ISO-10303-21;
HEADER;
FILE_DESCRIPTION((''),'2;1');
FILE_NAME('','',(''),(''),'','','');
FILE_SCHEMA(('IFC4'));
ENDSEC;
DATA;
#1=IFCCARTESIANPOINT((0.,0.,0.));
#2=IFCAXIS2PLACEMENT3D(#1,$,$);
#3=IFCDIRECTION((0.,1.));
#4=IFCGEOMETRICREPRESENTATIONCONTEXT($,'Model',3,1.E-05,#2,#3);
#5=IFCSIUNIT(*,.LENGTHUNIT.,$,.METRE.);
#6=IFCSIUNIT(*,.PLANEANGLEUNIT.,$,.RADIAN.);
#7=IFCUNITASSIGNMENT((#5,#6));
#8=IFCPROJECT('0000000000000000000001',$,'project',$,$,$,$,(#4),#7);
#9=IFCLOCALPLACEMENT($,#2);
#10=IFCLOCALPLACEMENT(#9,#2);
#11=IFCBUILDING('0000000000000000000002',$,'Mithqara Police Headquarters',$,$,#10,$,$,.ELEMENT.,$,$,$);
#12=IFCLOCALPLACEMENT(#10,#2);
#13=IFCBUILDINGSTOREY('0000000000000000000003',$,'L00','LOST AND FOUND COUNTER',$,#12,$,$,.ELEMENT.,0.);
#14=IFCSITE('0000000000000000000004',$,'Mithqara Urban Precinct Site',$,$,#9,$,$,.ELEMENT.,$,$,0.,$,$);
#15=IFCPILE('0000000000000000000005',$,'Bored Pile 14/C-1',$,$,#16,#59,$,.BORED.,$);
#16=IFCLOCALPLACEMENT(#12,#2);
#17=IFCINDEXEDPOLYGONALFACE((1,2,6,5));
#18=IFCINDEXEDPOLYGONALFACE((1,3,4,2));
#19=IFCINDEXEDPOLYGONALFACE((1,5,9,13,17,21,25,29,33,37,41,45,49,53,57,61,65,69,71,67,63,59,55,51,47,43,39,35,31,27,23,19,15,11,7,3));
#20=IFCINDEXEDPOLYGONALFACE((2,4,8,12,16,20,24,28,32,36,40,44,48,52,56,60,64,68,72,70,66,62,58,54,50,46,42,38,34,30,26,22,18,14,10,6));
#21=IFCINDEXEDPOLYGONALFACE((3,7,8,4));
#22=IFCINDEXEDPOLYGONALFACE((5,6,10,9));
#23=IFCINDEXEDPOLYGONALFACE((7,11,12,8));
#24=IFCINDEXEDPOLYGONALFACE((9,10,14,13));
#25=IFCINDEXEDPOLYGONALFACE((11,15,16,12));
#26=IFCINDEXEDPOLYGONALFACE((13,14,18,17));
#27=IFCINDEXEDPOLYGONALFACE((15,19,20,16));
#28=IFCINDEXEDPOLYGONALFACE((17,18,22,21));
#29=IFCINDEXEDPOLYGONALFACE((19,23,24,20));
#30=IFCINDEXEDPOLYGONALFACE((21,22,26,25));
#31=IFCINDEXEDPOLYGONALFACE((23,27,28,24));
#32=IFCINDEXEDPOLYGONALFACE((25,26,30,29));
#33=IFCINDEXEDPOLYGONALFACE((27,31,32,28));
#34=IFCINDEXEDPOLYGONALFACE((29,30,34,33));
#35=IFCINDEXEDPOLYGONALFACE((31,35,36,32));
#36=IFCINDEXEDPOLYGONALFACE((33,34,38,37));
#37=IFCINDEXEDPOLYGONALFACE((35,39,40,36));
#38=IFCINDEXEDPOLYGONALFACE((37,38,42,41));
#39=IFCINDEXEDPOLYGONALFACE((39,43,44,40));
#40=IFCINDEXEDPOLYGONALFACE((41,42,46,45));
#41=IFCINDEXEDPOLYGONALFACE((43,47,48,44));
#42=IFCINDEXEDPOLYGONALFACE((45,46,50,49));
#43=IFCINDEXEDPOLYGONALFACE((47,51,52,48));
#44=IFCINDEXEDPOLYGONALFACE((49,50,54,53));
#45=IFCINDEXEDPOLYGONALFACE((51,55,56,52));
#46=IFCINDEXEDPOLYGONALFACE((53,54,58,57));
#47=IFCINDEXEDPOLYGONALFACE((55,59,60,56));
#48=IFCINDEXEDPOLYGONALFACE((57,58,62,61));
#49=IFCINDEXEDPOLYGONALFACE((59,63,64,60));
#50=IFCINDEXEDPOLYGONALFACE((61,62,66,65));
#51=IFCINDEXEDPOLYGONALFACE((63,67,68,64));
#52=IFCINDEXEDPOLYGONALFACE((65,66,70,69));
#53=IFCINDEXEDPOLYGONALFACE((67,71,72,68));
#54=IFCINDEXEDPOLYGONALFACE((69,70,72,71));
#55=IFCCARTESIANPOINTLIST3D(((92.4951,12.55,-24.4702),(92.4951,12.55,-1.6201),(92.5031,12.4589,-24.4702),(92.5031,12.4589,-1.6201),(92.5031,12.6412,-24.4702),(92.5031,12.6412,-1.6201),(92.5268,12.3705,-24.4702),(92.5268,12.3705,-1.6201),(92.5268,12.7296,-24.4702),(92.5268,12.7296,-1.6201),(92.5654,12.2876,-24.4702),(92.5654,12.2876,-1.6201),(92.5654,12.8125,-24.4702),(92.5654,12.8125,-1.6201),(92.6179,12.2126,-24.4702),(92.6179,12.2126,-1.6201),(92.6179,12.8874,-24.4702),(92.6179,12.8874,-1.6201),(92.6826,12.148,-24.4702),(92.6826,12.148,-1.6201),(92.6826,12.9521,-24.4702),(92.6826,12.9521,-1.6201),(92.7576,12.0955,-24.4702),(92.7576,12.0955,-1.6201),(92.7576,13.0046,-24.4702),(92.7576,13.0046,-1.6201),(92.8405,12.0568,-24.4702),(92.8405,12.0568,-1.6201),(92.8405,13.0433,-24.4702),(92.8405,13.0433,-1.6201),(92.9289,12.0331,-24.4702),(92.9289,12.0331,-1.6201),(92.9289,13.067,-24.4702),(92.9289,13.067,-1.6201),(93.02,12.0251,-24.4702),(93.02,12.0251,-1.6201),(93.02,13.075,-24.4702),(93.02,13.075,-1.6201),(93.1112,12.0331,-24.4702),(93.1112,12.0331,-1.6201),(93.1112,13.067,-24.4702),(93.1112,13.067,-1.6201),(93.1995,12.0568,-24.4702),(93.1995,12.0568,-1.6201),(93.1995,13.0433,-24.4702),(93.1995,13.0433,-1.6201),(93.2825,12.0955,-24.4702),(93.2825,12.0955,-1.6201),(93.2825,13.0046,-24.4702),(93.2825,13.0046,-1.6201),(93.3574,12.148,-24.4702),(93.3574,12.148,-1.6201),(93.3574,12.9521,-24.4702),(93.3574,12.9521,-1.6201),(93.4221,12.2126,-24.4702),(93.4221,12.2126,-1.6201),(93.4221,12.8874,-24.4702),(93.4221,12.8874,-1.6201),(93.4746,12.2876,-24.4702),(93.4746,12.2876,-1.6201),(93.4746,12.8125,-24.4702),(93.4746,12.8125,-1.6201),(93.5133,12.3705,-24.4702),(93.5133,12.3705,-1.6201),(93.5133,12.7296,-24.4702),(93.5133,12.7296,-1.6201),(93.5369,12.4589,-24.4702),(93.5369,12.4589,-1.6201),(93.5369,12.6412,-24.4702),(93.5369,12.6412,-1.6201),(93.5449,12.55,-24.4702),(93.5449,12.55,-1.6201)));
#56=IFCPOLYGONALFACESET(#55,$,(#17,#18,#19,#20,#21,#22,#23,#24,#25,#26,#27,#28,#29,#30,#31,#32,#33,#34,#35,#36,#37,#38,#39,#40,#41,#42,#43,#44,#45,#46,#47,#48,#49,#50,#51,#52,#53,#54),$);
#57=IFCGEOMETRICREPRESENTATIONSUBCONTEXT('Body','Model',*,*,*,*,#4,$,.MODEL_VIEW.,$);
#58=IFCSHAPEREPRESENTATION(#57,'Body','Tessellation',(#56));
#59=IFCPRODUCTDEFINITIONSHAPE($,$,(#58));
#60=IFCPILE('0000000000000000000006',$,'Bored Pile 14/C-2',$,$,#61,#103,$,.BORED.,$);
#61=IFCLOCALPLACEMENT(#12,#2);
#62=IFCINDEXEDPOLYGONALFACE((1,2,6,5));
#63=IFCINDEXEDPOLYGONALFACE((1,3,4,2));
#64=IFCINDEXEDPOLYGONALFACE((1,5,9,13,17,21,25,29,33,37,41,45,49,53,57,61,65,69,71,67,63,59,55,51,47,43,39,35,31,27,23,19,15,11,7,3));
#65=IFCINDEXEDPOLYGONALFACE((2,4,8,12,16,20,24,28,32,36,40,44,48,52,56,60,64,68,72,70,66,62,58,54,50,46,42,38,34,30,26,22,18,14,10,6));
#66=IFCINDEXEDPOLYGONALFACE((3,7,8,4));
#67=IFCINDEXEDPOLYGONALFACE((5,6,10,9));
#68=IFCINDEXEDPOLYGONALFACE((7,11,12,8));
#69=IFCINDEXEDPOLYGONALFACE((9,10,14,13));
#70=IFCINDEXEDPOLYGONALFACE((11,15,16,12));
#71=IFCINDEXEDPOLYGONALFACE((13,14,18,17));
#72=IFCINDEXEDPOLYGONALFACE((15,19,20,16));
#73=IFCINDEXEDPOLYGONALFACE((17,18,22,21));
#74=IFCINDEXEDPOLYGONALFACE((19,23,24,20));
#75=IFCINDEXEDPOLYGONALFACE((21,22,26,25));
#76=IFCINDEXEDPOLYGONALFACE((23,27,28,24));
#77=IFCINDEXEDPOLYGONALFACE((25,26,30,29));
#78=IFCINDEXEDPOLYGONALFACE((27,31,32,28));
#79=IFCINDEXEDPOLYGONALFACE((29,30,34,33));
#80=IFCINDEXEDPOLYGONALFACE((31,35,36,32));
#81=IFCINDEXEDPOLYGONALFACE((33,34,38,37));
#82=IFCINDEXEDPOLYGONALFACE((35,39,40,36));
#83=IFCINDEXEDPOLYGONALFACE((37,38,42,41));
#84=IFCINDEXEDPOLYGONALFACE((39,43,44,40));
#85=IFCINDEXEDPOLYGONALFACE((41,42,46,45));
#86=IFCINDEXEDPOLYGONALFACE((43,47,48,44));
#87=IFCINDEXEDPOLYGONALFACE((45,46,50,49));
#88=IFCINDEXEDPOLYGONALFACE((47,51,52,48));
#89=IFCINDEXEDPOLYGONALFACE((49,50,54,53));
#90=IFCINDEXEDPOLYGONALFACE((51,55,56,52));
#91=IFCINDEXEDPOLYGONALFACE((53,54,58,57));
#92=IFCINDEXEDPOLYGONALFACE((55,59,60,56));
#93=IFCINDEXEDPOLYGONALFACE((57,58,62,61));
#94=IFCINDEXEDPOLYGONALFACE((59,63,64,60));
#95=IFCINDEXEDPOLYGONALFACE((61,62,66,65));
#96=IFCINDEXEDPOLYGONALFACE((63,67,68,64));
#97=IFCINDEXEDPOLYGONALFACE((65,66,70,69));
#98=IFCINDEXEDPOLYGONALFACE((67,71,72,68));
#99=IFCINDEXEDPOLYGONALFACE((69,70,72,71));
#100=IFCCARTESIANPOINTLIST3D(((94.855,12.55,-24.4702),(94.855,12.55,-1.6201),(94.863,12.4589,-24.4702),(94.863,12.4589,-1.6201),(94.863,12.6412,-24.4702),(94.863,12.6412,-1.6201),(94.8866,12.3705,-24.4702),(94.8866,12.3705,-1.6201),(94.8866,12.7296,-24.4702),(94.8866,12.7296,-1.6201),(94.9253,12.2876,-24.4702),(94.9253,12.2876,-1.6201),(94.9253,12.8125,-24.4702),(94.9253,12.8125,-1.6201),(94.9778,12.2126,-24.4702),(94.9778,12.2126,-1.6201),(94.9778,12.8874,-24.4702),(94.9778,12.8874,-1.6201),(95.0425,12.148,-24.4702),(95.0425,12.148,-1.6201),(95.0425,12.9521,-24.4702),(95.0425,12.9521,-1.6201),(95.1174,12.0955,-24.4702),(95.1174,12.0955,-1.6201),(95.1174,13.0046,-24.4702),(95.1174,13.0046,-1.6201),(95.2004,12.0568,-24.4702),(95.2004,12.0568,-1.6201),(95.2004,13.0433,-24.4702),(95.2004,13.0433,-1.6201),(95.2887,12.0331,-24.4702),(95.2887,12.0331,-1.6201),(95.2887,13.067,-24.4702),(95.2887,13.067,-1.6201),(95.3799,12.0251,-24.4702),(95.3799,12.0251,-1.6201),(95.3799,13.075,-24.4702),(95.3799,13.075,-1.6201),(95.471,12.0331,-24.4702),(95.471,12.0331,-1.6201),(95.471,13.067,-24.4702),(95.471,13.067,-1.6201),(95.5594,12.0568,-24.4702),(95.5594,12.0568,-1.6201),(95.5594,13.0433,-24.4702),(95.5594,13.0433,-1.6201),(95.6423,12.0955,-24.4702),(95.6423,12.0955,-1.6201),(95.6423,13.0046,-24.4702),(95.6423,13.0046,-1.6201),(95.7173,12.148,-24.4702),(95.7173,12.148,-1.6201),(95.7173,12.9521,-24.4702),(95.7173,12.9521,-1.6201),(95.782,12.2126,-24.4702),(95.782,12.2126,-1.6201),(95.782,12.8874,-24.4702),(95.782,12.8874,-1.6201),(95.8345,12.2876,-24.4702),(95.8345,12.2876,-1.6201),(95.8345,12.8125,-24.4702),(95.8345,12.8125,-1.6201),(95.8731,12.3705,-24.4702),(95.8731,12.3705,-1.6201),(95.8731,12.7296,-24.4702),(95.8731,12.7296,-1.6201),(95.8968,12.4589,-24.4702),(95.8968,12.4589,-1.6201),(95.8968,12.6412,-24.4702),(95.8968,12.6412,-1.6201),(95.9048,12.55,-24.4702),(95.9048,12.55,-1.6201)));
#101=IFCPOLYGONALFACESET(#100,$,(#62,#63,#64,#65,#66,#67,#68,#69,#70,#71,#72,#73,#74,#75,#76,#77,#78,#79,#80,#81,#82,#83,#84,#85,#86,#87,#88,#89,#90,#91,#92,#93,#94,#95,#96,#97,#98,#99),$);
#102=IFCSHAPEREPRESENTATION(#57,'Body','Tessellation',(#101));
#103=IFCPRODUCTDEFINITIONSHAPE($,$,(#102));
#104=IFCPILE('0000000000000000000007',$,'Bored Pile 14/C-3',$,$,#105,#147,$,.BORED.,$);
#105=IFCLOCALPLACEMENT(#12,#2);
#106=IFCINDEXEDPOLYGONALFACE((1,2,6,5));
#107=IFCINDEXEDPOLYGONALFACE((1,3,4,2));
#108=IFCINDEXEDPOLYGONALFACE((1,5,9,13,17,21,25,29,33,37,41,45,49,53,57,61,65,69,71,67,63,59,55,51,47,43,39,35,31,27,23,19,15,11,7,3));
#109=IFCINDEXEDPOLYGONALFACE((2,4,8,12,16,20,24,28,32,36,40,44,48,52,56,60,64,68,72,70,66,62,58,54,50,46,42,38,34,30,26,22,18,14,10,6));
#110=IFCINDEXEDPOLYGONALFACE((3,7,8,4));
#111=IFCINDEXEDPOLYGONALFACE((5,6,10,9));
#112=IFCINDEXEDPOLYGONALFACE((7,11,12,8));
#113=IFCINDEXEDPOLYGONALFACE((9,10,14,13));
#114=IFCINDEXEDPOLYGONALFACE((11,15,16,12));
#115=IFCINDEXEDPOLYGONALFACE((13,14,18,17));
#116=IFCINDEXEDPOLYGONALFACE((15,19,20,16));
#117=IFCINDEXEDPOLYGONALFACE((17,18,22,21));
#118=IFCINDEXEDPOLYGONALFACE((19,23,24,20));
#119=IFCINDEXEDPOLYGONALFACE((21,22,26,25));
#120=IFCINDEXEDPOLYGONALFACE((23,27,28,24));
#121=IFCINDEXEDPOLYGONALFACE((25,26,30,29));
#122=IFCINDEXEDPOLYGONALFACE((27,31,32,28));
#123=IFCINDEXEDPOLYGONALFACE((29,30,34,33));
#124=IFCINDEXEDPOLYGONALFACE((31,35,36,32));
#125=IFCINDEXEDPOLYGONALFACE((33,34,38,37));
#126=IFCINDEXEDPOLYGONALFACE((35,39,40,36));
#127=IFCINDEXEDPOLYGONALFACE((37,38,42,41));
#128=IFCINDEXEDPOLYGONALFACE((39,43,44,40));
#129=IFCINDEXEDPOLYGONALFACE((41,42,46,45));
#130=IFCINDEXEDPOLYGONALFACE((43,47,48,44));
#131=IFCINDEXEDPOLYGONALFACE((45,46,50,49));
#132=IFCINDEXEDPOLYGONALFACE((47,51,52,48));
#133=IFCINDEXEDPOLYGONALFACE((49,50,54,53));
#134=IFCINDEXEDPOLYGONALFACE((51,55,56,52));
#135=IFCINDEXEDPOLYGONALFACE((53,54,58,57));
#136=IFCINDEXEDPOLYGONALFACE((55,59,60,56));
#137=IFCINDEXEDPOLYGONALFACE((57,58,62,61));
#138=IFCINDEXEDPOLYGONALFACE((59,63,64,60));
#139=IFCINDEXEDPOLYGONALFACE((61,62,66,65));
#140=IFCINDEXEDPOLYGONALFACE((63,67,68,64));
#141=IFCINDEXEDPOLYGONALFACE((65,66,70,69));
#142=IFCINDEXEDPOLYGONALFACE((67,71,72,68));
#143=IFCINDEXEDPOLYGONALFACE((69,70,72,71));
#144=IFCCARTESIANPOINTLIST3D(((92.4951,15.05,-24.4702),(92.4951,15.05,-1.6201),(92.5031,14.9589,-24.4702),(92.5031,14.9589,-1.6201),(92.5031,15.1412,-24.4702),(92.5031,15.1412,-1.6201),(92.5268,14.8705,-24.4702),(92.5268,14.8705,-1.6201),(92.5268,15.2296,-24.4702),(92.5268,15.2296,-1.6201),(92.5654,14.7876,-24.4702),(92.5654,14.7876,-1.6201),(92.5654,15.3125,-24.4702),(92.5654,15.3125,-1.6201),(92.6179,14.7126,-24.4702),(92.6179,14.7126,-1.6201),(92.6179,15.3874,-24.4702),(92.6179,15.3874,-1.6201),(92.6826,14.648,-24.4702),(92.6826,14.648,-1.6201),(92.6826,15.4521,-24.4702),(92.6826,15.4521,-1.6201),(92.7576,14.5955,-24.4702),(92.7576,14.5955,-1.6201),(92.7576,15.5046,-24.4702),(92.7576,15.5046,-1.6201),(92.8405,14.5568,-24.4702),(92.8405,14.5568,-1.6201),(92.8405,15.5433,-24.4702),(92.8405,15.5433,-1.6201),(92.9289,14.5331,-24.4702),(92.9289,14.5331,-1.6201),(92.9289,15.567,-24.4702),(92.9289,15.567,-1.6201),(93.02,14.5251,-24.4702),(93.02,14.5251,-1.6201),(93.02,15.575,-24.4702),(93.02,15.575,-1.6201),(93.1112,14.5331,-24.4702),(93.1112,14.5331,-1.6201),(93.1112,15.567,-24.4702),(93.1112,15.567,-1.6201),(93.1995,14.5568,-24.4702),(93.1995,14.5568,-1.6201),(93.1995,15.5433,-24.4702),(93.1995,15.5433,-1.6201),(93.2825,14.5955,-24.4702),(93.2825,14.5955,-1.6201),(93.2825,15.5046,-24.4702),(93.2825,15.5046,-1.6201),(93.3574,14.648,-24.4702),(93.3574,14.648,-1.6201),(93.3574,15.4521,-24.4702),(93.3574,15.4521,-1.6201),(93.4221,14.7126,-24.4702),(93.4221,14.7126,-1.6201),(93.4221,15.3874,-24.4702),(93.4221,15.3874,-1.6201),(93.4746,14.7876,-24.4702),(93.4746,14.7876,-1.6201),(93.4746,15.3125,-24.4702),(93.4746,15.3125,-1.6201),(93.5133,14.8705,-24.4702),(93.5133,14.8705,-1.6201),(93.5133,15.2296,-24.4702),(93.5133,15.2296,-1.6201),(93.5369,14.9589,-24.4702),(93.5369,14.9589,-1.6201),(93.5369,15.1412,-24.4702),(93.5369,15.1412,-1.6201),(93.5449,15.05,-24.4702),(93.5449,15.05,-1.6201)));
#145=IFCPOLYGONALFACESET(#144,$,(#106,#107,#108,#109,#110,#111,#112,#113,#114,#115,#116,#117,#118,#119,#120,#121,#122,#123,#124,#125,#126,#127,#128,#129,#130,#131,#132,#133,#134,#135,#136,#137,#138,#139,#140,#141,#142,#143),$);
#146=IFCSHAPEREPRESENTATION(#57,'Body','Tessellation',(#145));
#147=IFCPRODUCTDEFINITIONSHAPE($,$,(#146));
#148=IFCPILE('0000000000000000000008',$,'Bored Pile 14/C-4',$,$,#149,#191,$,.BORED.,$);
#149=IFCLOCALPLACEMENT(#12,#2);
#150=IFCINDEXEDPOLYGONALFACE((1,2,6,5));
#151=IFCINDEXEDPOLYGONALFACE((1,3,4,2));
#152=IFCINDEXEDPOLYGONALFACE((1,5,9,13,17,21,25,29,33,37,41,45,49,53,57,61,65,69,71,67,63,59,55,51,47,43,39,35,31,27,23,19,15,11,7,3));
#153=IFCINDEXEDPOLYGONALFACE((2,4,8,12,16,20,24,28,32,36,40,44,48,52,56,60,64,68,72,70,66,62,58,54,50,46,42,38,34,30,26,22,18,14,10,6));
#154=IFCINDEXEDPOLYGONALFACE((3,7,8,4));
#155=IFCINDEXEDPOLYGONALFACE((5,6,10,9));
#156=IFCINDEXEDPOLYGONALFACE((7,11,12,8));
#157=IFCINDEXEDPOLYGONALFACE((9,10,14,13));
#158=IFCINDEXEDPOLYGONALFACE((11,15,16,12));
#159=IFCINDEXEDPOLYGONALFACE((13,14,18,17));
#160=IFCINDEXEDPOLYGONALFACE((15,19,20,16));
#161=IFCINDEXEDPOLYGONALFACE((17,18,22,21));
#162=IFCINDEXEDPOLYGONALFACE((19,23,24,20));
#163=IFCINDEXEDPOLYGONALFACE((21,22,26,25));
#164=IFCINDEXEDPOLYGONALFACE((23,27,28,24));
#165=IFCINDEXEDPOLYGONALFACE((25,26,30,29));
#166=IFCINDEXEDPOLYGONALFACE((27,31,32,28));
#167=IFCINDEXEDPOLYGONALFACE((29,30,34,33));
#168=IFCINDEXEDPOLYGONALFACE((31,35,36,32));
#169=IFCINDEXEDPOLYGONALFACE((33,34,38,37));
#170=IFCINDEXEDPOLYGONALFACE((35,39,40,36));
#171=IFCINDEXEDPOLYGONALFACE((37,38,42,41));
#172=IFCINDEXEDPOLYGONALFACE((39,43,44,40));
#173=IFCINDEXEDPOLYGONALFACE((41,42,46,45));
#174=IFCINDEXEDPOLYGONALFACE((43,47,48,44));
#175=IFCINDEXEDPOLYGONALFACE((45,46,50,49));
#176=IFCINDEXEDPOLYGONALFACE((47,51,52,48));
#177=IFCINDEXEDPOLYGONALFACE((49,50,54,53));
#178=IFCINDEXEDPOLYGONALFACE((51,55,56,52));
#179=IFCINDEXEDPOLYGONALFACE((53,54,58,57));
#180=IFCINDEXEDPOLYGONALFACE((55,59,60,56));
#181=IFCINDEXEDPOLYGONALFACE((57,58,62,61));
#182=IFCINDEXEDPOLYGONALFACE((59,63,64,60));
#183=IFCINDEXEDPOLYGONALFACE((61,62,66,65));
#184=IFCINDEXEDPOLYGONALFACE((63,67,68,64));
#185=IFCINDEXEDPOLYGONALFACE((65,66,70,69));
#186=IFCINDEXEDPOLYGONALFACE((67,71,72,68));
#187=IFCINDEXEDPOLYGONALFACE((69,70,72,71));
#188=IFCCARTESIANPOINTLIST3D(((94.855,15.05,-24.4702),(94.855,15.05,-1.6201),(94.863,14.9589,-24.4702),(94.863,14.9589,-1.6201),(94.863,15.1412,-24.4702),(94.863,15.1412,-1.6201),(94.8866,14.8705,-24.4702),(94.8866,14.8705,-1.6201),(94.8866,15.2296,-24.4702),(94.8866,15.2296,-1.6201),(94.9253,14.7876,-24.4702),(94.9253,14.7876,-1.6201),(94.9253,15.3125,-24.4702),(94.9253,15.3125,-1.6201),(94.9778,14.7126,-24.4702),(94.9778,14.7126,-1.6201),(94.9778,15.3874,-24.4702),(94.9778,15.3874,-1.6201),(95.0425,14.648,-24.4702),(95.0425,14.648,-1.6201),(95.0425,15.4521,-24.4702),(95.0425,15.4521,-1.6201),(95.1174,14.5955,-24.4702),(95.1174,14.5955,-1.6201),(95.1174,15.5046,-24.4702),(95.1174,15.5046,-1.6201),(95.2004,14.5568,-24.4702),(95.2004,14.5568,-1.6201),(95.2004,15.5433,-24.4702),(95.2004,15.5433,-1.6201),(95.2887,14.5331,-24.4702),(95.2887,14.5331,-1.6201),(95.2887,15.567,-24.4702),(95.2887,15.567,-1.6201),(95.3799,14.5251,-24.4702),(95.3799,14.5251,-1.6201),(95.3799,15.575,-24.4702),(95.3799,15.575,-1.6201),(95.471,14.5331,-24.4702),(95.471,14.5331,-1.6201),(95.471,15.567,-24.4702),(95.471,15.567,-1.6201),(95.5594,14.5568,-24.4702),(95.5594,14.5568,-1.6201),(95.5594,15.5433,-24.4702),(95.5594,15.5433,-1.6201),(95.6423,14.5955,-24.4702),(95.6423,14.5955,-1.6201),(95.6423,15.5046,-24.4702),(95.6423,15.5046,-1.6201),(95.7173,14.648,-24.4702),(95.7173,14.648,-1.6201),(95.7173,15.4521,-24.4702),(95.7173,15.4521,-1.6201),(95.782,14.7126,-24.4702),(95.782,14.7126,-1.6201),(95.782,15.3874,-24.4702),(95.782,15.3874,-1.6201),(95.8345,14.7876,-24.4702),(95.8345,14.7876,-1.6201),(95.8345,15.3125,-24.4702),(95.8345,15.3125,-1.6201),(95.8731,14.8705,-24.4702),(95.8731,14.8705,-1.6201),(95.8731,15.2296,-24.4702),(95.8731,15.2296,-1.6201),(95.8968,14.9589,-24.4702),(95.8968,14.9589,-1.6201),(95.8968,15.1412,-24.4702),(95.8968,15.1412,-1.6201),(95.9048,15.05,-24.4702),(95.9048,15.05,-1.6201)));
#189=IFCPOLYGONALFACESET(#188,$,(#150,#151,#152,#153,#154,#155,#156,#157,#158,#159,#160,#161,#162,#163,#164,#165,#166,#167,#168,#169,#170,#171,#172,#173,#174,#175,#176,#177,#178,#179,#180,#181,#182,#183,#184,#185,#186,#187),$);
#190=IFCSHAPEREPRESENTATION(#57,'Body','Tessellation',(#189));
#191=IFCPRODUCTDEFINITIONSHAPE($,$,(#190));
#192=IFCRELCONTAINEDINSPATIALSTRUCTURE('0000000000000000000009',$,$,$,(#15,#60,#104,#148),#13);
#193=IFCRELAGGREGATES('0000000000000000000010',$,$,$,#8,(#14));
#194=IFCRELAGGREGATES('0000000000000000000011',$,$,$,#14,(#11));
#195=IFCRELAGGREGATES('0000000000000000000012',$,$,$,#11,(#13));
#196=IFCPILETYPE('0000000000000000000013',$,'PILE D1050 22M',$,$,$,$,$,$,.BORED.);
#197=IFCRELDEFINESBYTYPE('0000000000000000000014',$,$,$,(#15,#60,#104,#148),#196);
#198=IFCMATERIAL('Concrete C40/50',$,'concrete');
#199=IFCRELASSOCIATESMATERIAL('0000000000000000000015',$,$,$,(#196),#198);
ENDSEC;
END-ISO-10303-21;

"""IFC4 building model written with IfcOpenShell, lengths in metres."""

from ifc_helpers import new_model, si_unit, direction, frame, origin, origin_2d, place, context, subcontext, project, spatial, circle, extrude, material, material_profile, profile_set, type_object, element, save


model = new_model("IFC4")

# Units and contexts
model_context = context("Model", 3, precision=1e-05, world=origin(), true_north=direction((0.0, 1.0)))
body_context = subcontext(model_context, "Body", "Model", "MODEL_VIEW")
ifc_project = project(units=[si_unit("LENGTHUNIT", "METRE"), si_unit("PLANEANGLEUNIT", "RADIAN")], contexts=[model_context])

# Site, building, storey
site_placement = place(None, origin())
site = spatial("IfcSite", under=ifc_project, at=site_placement, Name="Mithqara Urban Precinct Site", CompositionType="ELEMENT", RefElevation=0.0)
building_placement = place(site_placement, origin())
building = spatial("IfcBuilding", under=site, at=building_placement, Name="Mithqara Police Headquarters", CompositionType="ELEMENT")
storey_placement = place(building_placement, origin())
storey = spatial("IfcBuildingStorey", under=building, at=storey_placement, Name="L00", Description="LOST AND FOUND COUNTER", CompositionType="ELEMENT", Elevation=0.0)

# Shared definitions
ifc_material_1 = material(Name="Concrete C40/50", Category="concrete")

# Piles
ifc_material_profile_1 = material_profile(ifc_material_1, circle(Radius=0.5249, at=origin_2d()), Name="PILE D1050")
ifc_profile_set_1 = profile_set([ifc_material_profile_1], Name="Concrete C40/50")
pile_type = type_object("IfcPileType", Name="PILE D1050 22M", PredefinedType="BORED", material=ifc_profile_set_1)
for number, where, z_axis, x_axis, name in (
    (1, (93.02, 12.55, -1.6201), (0.0, 0.0, -1.0), (1.0, 0.0, 0.0), "Bored Pile 14/C-1"),
    (2, (95.3799, 12.55, -1.6201), (0.0, 0.0, -1.0), (1.0, 0.0, 0.0), "Bored Pile 14/C-2"),
    (3, (93.02, 15.05, -1.6201), (0.0, 0.0, -1.0), (1.0, 0.0, 0.0), "Bored Pile 14/C-3"),
    (4, (95.3799, 15.05, -1.6201), (0.0, 0.0, -1.0), (1.0, 0.0, 0.0), "Bored Pile 14/C-4"),
):
    element("IfcPile", number, at=place(storey_placement, frame(where, z_axis=z_axis, x_axis=x_axis)), inside=storey, type_object=pile_type, Name=name, PredefinedType="BORED", context=body_context, shape_type="SweptSolid", body=[
        extrude(circle(Radius=0.5249, at=origin_2d()), origin(), (0.0, 0.0, 1.0), 22.8501),
    ])

save(model, "model.ifc")
